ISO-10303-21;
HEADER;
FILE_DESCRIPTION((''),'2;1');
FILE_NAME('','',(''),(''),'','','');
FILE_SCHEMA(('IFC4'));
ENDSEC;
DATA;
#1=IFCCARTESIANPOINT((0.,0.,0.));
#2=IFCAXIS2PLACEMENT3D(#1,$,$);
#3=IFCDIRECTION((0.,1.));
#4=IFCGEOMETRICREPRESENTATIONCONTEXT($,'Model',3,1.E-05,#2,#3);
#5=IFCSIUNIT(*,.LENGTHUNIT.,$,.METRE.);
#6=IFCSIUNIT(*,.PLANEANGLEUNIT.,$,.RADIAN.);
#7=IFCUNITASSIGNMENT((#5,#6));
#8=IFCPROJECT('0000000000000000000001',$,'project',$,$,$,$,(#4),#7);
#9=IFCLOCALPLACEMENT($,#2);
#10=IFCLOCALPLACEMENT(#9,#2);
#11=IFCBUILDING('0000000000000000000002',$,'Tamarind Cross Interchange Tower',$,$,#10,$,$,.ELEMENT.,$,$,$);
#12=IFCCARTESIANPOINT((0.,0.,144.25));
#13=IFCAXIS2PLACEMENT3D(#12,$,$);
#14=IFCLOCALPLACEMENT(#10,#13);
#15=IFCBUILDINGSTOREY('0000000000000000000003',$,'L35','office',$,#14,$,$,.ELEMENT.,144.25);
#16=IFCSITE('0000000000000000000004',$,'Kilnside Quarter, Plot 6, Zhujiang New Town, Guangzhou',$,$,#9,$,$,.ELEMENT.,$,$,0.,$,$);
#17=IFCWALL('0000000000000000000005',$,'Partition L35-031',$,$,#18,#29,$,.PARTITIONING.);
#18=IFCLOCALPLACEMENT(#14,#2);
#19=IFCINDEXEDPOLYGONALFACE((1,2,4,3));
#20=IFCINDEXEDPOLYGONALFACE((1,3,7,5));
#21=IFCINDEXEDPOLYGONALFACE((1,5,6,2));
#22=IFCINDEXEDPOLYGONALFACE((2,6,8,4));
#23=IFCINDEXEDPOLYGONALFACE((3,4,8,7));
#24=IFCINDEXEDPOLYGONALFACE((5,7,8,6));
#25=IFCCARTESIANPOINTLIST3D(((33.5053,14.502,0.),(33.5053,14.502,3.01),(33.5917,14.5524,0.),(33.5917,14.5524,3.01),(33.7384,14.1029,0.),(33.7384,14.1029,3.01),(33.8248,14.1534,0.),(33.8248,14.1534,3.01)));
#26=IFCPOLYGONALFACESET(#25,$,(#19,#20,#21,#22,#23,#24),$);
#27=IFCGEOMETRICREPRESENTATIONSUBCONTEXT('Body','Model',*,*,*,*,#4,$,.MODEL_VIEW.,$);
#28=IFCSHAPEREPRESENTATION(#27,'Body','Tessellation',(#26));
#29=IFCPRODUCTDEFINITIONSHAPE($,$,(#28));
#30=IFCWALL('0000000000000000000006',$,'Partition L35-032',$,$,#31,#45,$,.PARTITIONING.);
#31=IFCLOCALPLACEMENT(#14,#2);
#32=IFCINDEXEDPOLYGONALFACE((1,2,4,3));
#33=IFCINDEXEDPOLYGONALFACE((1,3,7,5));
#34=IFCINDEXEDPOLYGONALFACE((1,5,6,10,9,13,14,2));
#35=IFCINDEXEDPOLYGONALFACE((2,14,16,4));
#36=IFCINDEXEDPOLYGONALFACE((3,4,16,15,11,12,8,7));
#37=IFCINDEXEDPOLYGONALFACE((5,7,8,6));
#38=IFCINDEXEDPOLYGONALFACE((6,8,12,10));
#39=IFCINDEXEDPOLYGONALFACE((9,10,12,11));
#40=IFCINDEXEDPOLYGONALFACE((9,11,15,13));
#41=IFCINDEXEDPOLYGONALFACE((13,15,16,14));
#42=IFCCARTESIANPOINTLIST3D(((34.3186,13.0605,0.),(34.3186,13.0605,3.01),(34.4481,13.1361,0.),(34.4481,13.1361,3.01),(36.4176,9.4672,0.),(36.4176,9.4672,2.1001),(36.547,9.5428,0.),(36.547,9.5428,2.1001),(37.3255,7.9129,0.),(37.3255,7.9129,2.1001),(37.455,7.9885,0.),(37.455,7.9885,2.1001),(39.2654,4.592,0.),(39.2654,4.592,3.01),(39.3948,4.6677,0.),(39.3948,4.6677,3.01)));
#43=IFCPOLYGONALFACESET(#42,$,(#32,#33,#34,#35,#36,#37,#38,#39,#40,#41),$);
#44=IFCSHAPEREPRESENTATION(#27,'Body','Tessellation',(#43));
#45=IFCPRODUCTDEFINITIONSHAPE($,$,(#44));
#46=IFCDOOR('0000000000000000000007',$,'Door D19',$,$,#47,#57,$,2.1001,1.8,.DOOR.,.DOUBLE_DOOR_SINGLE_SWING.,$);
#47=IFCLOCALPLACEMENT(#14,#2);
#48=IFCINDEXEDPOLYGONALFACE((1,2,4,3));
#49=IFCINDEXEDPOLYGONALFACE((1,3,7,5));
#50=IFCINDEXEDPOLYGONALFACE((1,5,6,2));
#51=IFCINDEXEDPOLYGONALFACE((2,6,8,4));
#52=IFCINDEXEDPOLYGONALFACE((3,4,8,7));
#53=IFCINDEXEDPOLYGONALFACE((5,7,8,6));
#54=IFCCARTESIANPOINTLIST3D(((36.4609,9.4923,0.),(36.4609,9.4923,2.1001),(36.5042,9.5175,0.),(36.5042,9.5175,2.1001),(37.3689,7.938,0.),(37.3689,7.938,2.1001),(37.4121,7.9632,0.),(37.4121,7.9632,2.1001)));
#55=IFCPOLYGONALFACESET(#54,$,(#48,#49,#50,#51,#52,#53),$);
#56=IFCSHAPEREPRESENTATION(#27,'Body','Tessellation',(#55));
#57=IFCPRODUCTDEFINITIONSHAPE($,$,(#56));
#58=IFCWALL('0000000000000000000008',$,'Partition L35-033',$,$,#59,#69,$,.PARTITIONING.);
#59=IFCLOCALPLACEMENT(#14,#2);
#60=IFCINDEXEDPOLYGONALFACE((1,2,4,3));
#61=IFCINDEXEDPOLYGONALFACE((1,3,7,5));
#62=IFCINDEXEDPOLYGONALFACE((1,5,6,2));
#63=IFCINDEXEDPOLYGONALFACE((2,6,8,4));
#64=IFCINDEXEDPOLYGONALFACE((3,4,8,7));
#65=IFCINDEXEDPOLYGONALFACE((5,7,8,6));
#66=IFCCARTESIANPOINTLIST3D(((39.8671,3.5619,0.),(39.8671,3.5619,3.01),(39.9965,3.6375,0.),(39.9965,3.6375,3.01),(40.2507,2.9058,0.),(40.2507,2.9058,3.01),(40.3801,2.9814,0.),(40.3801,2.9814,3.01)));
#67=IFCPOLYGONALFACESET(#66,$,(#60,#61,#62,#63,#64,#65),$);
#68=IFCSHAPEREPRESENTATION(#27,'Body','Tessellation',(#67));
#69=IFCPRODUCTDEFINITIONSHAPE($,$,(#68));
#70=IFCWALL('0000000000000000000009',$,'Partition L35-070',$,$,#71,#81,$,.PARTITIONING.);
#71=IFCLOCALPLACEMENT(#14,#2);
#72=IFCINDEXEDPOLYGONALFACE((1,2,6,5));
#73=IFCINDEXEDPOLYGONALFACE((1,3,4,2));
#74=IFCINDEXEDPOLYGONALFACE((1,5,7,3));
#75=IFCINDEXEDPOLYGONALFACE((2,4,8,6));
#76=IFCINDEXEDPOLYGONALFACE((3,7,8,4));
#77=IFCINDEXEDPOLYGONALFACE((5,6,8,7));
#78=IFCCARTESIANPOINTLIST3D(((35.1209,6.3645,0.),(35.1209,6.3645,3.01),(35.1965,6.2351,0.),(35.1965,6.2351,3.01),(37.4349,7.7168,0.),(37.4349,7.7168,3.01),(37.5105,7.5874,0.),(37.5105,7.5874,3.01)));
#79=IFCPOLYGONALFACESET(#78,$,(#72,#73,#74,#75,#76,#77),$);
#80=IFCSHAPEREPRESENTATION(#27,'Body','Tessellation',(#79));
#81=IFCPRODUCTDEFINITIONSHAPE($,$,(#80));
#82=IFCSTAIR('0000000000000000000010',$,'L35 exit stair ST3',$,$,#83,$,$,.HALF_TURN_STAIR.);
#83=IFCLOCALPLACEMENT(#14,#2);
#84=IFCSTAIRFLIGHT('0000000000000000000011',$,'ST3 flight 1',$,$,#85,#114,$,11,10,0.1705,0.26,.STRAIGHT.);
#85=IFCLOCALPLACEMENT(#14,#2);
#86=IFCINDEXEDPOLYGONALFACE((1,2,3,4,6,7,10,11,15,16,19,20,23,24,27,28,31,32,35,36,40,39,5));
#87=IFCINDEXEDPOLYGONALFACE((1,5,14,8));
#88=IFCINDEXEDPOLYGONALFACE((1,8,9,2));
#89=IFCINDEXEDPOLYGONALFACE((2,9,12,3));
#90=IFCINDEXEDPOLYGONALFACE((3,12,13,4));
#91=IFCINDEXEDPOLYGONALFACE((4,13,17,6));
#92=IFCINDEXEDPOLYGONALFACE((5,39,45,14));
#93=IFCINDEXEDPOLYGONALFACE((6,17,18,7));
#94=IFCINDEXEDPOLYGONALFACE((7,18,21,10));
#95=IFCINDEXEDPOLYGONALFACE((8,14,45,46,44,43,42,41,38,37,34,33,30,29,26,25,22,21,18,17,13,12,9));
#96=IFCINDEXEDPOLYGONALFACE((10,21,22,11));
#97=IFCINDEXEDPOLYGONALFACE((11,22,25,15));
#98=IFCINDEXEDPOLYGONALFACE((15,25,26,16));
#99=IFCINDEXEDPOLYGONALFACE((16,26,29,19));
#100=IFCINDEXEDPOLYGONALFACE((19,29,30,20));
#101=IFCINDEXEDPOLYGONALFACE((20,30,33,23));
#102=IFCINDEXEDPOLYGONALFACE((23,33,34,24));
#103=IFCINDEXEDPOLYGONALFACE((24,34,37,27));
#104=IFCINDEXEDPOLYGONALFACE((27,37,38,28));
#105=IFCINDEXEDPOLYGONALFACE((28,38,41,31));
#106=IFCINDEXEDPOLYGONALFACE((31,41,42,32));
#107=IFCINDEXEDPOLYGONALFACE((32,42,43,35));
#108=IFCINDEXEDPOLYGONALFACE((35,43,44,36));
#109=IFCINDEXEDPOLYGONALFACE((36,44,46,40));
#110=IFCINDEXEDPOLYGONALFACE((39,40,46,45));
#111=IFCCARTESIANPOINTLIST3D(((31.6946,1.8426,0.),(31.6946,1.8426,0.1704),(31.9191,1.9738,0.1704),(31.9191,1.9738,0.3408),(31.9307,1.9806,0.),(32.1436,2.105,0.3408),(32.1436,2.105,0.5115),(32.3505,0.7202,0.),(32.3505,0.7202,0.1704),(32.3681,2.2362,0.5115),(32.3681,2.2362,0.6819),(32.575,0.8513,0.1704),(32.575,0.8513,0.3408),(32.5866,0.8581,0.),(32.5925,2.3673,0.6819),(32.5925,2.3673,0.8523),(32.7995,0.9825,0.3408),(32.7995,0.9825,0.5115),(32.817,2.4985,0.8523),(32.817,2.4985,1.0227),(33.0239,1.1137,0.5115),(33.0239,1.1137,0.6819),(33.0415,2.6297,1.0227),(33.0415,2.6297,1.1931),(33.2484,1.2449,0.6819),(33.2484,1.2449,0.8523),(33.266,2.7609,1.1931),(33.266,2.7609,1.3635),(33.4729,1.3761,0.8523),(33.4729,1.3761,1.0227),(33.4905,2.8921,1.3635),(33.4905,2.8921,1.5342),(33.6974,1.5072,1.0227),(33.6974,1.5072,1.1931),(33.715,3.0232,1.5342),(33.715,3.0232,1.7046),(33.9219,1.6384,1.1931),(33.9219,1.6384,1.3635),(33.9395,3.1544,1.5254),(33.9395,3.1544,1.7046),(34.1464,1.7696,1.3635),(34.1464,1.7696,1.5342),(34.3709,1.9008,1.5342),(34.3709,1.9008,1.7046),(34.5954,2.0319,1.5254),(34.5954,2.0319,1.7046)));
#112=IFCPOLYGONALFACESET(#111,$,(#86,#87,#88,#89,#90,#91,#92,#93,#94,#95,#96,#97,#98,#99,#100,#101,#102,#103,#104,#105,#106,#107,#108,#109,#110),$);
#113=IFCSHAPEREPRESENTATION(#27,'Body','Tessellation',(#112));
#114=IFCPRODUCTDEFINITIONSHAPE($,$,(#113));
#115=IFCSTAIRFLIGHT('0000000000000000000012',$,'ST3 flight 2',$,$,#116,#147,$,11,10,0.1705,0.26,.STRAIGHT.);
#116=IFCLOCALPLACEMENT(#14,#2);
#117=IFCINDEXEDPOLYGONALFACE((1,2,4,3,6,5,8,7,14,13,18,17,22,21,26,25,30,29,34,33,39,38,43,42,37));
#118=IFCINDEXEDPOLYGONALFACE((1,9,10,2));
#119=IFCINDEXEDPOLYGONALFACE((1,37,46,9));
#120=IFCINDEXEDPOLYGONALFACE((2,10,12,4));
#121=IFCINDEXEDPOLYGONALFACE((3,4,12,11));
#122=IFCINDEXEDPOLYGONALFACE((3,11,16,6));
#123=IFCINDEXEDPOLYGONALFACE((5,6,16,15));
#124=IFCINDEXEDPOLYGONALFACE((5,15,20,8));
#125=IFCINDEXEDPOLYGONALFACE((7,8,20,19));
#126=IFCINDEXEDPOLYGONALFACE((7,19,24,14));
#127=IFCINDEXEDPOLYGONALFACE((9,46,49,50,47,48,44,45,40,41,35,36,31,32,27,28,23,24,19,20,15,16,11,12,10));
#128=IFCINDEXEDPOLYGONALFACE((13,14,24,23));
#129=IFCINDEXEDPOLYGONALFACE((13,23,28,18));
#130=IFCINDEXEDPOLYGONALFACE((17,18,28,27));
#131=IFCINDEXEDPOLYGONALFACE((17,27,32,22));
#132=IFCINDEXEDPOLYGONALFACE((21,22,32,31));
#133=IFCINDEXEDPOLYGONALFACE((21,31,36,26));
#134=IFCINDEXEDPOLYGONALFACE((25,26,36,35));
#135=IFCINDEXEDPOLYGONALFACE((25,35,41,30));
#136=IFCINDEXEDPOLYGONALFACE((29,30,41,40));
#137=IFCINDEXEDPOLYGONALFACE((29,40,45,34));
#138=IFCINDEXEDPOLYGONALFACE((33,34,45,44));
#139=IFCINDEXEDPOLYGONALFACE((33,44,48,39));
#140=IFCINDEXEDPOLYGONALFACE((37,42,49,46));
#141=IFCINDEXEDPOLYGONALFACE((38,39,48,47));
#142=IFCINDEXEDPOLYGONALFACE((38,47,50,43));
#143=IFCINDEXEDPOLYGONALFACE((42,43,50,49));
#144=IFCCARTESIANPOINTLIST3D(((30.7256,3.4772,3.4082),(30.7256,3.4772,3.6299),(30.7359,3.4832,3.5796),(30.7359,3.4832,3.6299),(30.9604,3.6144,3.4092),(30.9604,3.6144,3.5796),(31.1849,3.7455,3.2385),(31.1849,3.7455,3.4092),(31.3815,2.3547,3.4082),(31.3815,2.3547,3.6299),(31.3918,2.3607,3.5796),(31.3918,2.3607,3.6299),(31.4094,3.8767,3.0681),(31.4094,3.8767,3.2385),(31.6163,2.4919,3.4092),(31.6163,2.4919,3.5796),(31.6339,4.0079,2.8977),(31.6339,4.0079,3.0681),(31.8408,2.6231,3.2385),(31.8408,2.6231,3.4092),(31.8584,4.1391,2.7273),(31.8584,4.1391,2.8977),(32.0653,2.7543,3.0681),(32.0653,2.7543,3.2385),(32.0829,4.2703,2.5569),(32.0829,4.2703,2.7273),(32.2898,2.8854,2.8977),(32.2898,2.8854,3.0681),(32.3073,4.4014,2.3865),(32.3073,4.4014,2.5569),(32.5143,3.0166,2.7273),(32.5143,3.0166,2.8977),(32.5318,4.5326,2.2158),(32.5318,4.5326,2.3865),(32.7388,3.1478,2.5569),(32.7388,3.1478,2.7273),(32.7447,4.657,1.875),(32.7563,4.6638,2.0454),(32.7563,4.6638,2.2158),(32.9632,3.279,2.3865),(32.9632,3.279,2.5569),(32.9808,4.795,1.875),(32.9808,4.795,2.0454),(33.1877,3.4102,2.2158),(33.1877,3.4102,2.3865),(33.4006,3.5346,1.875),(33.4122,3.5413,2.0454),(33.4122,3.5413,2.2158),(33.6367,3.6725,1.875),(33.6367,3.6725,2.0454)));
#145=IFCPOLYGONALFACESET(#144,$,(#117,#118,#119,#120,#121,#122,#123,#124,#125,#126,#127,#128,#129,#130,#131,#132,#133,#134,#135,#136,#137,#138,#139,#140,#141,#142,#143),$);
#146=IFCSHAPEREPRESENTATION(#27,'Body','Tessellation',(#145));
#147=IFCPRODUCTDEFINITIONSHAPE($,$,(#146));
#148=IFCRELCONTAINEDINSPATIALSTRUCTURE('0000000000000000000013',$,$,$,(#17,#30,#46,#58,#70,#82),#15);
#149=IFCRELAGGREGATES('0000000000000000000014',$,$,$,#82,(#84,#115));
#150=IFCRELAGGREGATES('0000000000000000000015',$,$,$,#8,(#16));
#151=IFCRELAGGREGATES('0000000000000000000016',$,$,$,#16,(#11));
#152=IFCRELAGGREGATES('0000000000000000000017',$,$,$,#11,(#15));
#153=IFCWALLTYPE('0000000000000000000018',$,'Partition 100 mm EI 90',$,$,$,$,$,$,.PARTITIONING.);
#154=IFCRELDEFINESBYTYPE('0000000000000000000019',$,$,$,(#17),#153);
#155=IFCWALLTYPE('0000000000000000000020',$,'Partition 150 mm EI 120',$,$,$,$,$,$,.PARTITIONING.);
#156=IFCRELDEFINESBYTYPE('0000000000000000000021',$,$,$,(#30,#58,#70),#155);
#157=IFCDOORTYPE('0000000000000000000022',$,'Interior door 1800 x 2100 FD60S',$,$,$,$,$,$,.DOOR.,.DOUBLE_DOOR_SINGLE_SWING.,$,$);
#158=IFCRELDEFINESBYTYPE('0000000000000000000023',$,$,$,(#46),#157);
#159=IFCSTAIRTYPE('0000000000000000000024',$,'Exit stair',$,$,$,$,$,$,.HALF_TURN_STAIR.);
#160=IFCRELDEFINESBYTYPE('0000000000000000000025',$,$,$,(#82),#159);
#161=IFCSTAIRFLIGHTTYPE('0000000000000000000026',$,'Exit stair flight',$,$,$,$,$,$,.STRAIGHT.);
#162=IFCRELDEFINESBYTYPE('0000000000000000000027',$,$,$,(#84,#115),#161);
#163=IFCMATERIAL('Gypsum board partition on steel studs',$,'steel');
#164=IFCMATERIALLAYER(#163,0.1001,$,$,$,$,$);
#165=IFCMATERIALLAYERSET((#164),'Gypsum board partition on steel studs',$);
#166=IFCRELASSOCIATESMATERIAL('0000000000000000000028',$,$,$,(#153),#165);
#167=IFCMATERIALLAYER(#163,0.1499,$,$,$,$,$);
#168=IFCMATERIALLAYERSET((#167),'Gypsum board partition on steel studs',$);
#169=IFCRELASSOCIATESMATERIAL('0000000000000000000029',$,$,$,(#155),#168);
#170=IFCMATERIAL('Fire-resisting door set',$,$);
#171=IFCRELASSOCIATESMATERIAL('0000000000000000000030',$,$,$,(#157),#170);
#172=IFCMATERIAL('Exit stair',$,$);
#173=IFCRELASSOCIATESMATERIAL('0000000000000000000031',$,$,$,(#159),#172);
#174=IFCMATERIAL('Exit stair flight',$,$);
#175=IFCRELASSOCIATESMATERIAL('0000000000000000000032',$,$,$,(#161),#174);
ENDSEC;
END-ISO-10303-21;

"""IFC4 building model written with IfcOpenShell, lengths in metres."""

from ifc_helpers import new_model, si_unit, direction, frame, frame_2d, origin, place, context, subcontext, project, spatial, polyline, rectangle, outline, extrude, material, layer, layer_set, type_object, element, fill, aggregate, save


model = new_model("IFC4")

# Units and contexts
model_context = context("Model", 3, precision=1e-05, world=origin(), true_north=direction((0.0, 1.0)))
body_context = subcontext(model_context, "Body", "Model", "MODEL_VIEW")
ifc_project = project(units=[si_unit("LENGTHUNIT", "METRE"), si_unit("PLANEANGLEUNIT", "RADIAN")], contexts=[model_context])

# Site, building, storey
site_placement = place(None, origin())
site = spatial("IfcSite", under=ifc_project, at=site_placement, Name="Kilnside Quarter, Plot 6, Zhujiang New Town, Guangzhou", CompositionType="ELEMENT", RefElevation=0.0)
building_placement = place(site_placement, origin())
building = spatial("IfcBuilding", under=site, at=building_placement, Name="Tamarind Cross Interchange Tower", CompositionType="ELEMENT")
storey_placement = place(building_placement, frame((0.0, 0.0, 144.25)))
storey = spatial("IfcBuildingStorey", under=building, at=storey_placement, Name="L35", Description="office", CompositionType="ELEMENT", Elevation=144.25)

# Wall
ifc_material_1 = material(Name="Gypsum board partition on steel studs", Category="steel")
ifc_layer_1 = layer(ifc_material_1, 0.1001)
ifc_layer_set_1 = layer_set([ifc_layer_1], Name="Gypsum board partition on steel studs")
wall_type_1 = type_object("IfcWallType", Name="Partition 100 mm EI 90", PredefinedType="PARTITIONING", material=ifc_layer_set_1)
wall_1_placement = place(storey_placement, frame((33.5486, 14.5271, 0.0), z_axis=(0.0, 0.0, 1.0), x_axis=(0.504363, -0.863491, 0.0)))
element("IfcWall", 1, at=wall_1_placement, inside=storey, type_object=wall_type_1, Name="Partition L35-031", PredefinedType="PARTITIONING", context=body_context, shape_type="SweptSolid", body=[
    extrude(rectangle(XDim=0.4622, YDim=0.1001, at=frame_2d((0.231, 0.0))), origin(), (0.0, 0.0, 1.0), 3.01),
])

# Wall, opening, door
ifc_layer_2 = layer(ifc_material_1, 0.1499)
ifc_layer_set_2 = layer_set([ifc_layer_2], Name="Gypsum board partition on steel studs")
wall_type_2 = type_object("IfcWallType", Name="Partition 150 mm EI 120", PredefinedType="PARTITIONING", material=ifc_layer_set_2)
wall_2_placement = place(storey_placement, frame((34.3833, 13.0984, 0.0), z_axis=(0.0, 0.0, 1.0), x_axis=(0.504389, -0.863476, 0.0)))
wall_2 = element("IfcWall", 2, at=wall_2_placement, inside=storey, type_object=wall_type_2, Name="Partition L35-032", PredefinedType="PARTITIONING", context=body_context, shape_type="SweptSolid", body=[
    extrude(rectangle(XDim=9.8074, YDim=0.1499, at=frame_2d((4.9038, 0.0))), origin(), (0.0, 0.0, 1.0), 3.01),
])
opening_placement = place(wall_2_placement, frame((4.1616, 0.0, 0.0)))
opening = element("IfcOpeningElement", 3, at=opening_placement, cuts=wall_2, PredefinedType="OPENING", context=body_context, shape_type="SweptSolid", body=[
    extrude(rectangle(XDim=1.8, YDim=2.1001, at=frame_2d((0.8999, 1.05))), frame((0.0, 0.085, 0.0), z_axis=(0.0, -1.0, 0.0), x_axis=(1.0, 0.0, 0.0)), (0.0, 0.0, 1.0), 0.1699),
])
ifc_material_2 = material(Name="Fire-resisting door set")
door_type = type_object("IfcDoorType", Name="Interior door 1800 x 2100 FD60S", OperationType="DOUBLE_DOOR_SINGLE_SWING", PredefinedType="DOOR", material=ifc_material_2)
door_placement = place(opening_placement, frame((1.8, 0.0, 0.0), z_axis=(0.0, 0.0, 1.0), x_axis=(-1.0, 0.0, 0.0)))
door = element("IfcDoor", 4, at=door_placement, inside=storey, type_object=door_type, Name="Door D19", OperationType="DOUBLE_DOOR_SINGLE_SWING", OverallHeight=2.1001, OverallWidth=1.8, PredefinedType="DOOR", context=body_context, shape_type="SweptSolid", body=[
    extrude(rectangle(XDim=1.8, YDim=2.1001, at=frame_2d((0.8999, 1.05))), frame((0.0, 0.0249, 0.0), z_axis=(0.0, -1.0, 0.0), x_axis=(1.0, 0.0, 0.0)), (0.0, 0.0, 1.0), 0.05),
])
fill(opening, door)

# Walls
wall_3_placement = place(storey_placement, frame((39.9319, 3.5996, 0.0), z_axis=(0.0, 0.0, 1.0), x_axis=(0.50473, -0.863277, 0.0)))
element("IfcWall", 5, at=wall_3_placement, inside=storey, type_object=wall_type_2, Name="Partition L35-033", PredefinedType="PARTITIONING", context=body_context, shape_type="SweptSolid", body=[
    extrude(rectangle(XDim=0.76, YDim=0.1499, at=frame_2d((0.3799, 0.0))), origin(), (0.0, 0.0, 1.0), 3.01),
])
wall_4_placement = place(storey_placement, frame((35.1587, 6.2998, 0.0), z_axis=(0.0, 0.0, 1.0), x_axis=(0.863376, 0.504562, 0.0)))
element("IfcWall", 6, at=wall_4_placement, inside=storey, type_object=wall_type_2, Name="Partition L35-070", PredefinedType="PARTITIONING", context=body_context, shape_type="SweptSolid", body=[
    extrude(rectangle(XDim=2.6802, YDim=0.1499, at=frame_2d((1.3401, 0.0))), origin(), (0.0, 0.0, 1.0), 3.01),
])

# Stair, stair flights
ifc_material_3 = material(Name="Exit stair")
stair_type = type_object("IfcStairType", Name="Exit stair", PredefinedType="HALF_TURN_STAIR", material=ifc_material_3)
stair_placement = place(storey_placement, origin())
stair = element("IfcStair", 7, at=stair_placement, inside=storey, type_object=stair_type, Name="L35 exit stair ST3", PredefinedType="HALF_TURN_STAIR")
ifc_material_4 = material(Name="Exit stair flight")
stair_flight_type = type_object("IfcStairFlightType", Name="Exit stair flight", PredefinedType="STRAIGHT", material=ifc_material_4)
stair_flight_1_placement = place(storey_placement, frame((32.0225, 1.2815, 0.0), z_axis=(0.0, 0.0, 1.0), x_axis=(0.863403, 0.504516, 0.0)))
stair_flight_1 = element("IfcStairFlight", 8, at=stair_flight_1_placement, type_object=stair_flight_type, Name="ST3 flight 1", NumberOfRisers=11, NumberOfTreads=10, PredefinedType="STRAIGHT", RiserHeight=0.1705, TreadLength=0.26, context=body_context, shape_type="SweptSolid", body=[
    extrude(outline(polyline([(0.0, 0.0), (0.0, 0.1704), (0.26, 0.1704), (0.26, 0.3408), (0.52, 0.3408), (0.52, 0.5115), (0.78, 0.5115), (0.78, 0.6819), (1.04, 0.6819), (1.04, 0.8523), (1.3, 0.8523), (1.3, 1.0227), (1.5601, 1.0227), (1.5601, 1.1931), (1.8201, 1.1931), (1.8201, 1.3635), (2.0801, 1.3635), (2.0801, 1.5342), (2.3401, 1.5342), (2.3401, 1.7046), (2.6001, 1.7046), (2.6001, 1.875), (2.6001, 1.5254), (0.2734, 0.0), (0.0, 0.0)])), frame((0.0, 0.6499, 0.0), z_axis=(0.0, -1.0, 0.0), x_axis=(1.0, 0.0, 0.0)), (0.0, 0.0, 1.0), 1.3),
])
stair_flight_2_placement = place(storey_placement, frame((33.3088, 4.2336, 1.875), z_axis=(0.0, 0.0, 1.0), x_axis=(-0.863403, -0.504516, 0.0)))
stair_flight_2 = element("IfcStairFlight", 9, at=stair_flight_2_placement, type_object=stair_flight_type, Name="ST3 flight 2", NumberOfRisers=11, NumberOfTreads=10, PredefinedType="STRAIGHT", RiserHeight=0.1705, TreadLength=0.26, context=body_context, shape_type="SweptSolid", body=[
    extrude(outline(polyline([(0.0, 0.0), (0.0, 0.1704), (0.26, 0.1704), (0.26, 0.3408), (0.52, 0.3408), (0.52, 0.5115), (0.78, 0.5115), (0.78, 0.6819), (1.04, 0.6819), (1.04, 0.8523), (1.3, 0.8523), (1.3, 1.0227), (1.5601, 1.0227), (1.5601, 1.1931), (1.8201, 1.1931), (1.8201, 1.3635), (2.0801, 1.3635), (2.0801, 1.5342), (2.3401, 1.5342), (2.3401, 1.7046), (2.6001, 1.7046), (2.6001, 1.7549), (2.6121, 1.7549), (2.6121, 1.5332), (0.2734, 0.0), (0.0, 0.0)])), frame((0.0, 0.6499, 0.0), z_axis=(0.0, -1.0, 0.0), x_axis=(1.0, 0.0, 0.0)), (0.0, 0.0, 1.0), 1.3),
])
aggregate(stair, [stair_flight_1, stair_flight_2])

save(model, "model.ifc")
